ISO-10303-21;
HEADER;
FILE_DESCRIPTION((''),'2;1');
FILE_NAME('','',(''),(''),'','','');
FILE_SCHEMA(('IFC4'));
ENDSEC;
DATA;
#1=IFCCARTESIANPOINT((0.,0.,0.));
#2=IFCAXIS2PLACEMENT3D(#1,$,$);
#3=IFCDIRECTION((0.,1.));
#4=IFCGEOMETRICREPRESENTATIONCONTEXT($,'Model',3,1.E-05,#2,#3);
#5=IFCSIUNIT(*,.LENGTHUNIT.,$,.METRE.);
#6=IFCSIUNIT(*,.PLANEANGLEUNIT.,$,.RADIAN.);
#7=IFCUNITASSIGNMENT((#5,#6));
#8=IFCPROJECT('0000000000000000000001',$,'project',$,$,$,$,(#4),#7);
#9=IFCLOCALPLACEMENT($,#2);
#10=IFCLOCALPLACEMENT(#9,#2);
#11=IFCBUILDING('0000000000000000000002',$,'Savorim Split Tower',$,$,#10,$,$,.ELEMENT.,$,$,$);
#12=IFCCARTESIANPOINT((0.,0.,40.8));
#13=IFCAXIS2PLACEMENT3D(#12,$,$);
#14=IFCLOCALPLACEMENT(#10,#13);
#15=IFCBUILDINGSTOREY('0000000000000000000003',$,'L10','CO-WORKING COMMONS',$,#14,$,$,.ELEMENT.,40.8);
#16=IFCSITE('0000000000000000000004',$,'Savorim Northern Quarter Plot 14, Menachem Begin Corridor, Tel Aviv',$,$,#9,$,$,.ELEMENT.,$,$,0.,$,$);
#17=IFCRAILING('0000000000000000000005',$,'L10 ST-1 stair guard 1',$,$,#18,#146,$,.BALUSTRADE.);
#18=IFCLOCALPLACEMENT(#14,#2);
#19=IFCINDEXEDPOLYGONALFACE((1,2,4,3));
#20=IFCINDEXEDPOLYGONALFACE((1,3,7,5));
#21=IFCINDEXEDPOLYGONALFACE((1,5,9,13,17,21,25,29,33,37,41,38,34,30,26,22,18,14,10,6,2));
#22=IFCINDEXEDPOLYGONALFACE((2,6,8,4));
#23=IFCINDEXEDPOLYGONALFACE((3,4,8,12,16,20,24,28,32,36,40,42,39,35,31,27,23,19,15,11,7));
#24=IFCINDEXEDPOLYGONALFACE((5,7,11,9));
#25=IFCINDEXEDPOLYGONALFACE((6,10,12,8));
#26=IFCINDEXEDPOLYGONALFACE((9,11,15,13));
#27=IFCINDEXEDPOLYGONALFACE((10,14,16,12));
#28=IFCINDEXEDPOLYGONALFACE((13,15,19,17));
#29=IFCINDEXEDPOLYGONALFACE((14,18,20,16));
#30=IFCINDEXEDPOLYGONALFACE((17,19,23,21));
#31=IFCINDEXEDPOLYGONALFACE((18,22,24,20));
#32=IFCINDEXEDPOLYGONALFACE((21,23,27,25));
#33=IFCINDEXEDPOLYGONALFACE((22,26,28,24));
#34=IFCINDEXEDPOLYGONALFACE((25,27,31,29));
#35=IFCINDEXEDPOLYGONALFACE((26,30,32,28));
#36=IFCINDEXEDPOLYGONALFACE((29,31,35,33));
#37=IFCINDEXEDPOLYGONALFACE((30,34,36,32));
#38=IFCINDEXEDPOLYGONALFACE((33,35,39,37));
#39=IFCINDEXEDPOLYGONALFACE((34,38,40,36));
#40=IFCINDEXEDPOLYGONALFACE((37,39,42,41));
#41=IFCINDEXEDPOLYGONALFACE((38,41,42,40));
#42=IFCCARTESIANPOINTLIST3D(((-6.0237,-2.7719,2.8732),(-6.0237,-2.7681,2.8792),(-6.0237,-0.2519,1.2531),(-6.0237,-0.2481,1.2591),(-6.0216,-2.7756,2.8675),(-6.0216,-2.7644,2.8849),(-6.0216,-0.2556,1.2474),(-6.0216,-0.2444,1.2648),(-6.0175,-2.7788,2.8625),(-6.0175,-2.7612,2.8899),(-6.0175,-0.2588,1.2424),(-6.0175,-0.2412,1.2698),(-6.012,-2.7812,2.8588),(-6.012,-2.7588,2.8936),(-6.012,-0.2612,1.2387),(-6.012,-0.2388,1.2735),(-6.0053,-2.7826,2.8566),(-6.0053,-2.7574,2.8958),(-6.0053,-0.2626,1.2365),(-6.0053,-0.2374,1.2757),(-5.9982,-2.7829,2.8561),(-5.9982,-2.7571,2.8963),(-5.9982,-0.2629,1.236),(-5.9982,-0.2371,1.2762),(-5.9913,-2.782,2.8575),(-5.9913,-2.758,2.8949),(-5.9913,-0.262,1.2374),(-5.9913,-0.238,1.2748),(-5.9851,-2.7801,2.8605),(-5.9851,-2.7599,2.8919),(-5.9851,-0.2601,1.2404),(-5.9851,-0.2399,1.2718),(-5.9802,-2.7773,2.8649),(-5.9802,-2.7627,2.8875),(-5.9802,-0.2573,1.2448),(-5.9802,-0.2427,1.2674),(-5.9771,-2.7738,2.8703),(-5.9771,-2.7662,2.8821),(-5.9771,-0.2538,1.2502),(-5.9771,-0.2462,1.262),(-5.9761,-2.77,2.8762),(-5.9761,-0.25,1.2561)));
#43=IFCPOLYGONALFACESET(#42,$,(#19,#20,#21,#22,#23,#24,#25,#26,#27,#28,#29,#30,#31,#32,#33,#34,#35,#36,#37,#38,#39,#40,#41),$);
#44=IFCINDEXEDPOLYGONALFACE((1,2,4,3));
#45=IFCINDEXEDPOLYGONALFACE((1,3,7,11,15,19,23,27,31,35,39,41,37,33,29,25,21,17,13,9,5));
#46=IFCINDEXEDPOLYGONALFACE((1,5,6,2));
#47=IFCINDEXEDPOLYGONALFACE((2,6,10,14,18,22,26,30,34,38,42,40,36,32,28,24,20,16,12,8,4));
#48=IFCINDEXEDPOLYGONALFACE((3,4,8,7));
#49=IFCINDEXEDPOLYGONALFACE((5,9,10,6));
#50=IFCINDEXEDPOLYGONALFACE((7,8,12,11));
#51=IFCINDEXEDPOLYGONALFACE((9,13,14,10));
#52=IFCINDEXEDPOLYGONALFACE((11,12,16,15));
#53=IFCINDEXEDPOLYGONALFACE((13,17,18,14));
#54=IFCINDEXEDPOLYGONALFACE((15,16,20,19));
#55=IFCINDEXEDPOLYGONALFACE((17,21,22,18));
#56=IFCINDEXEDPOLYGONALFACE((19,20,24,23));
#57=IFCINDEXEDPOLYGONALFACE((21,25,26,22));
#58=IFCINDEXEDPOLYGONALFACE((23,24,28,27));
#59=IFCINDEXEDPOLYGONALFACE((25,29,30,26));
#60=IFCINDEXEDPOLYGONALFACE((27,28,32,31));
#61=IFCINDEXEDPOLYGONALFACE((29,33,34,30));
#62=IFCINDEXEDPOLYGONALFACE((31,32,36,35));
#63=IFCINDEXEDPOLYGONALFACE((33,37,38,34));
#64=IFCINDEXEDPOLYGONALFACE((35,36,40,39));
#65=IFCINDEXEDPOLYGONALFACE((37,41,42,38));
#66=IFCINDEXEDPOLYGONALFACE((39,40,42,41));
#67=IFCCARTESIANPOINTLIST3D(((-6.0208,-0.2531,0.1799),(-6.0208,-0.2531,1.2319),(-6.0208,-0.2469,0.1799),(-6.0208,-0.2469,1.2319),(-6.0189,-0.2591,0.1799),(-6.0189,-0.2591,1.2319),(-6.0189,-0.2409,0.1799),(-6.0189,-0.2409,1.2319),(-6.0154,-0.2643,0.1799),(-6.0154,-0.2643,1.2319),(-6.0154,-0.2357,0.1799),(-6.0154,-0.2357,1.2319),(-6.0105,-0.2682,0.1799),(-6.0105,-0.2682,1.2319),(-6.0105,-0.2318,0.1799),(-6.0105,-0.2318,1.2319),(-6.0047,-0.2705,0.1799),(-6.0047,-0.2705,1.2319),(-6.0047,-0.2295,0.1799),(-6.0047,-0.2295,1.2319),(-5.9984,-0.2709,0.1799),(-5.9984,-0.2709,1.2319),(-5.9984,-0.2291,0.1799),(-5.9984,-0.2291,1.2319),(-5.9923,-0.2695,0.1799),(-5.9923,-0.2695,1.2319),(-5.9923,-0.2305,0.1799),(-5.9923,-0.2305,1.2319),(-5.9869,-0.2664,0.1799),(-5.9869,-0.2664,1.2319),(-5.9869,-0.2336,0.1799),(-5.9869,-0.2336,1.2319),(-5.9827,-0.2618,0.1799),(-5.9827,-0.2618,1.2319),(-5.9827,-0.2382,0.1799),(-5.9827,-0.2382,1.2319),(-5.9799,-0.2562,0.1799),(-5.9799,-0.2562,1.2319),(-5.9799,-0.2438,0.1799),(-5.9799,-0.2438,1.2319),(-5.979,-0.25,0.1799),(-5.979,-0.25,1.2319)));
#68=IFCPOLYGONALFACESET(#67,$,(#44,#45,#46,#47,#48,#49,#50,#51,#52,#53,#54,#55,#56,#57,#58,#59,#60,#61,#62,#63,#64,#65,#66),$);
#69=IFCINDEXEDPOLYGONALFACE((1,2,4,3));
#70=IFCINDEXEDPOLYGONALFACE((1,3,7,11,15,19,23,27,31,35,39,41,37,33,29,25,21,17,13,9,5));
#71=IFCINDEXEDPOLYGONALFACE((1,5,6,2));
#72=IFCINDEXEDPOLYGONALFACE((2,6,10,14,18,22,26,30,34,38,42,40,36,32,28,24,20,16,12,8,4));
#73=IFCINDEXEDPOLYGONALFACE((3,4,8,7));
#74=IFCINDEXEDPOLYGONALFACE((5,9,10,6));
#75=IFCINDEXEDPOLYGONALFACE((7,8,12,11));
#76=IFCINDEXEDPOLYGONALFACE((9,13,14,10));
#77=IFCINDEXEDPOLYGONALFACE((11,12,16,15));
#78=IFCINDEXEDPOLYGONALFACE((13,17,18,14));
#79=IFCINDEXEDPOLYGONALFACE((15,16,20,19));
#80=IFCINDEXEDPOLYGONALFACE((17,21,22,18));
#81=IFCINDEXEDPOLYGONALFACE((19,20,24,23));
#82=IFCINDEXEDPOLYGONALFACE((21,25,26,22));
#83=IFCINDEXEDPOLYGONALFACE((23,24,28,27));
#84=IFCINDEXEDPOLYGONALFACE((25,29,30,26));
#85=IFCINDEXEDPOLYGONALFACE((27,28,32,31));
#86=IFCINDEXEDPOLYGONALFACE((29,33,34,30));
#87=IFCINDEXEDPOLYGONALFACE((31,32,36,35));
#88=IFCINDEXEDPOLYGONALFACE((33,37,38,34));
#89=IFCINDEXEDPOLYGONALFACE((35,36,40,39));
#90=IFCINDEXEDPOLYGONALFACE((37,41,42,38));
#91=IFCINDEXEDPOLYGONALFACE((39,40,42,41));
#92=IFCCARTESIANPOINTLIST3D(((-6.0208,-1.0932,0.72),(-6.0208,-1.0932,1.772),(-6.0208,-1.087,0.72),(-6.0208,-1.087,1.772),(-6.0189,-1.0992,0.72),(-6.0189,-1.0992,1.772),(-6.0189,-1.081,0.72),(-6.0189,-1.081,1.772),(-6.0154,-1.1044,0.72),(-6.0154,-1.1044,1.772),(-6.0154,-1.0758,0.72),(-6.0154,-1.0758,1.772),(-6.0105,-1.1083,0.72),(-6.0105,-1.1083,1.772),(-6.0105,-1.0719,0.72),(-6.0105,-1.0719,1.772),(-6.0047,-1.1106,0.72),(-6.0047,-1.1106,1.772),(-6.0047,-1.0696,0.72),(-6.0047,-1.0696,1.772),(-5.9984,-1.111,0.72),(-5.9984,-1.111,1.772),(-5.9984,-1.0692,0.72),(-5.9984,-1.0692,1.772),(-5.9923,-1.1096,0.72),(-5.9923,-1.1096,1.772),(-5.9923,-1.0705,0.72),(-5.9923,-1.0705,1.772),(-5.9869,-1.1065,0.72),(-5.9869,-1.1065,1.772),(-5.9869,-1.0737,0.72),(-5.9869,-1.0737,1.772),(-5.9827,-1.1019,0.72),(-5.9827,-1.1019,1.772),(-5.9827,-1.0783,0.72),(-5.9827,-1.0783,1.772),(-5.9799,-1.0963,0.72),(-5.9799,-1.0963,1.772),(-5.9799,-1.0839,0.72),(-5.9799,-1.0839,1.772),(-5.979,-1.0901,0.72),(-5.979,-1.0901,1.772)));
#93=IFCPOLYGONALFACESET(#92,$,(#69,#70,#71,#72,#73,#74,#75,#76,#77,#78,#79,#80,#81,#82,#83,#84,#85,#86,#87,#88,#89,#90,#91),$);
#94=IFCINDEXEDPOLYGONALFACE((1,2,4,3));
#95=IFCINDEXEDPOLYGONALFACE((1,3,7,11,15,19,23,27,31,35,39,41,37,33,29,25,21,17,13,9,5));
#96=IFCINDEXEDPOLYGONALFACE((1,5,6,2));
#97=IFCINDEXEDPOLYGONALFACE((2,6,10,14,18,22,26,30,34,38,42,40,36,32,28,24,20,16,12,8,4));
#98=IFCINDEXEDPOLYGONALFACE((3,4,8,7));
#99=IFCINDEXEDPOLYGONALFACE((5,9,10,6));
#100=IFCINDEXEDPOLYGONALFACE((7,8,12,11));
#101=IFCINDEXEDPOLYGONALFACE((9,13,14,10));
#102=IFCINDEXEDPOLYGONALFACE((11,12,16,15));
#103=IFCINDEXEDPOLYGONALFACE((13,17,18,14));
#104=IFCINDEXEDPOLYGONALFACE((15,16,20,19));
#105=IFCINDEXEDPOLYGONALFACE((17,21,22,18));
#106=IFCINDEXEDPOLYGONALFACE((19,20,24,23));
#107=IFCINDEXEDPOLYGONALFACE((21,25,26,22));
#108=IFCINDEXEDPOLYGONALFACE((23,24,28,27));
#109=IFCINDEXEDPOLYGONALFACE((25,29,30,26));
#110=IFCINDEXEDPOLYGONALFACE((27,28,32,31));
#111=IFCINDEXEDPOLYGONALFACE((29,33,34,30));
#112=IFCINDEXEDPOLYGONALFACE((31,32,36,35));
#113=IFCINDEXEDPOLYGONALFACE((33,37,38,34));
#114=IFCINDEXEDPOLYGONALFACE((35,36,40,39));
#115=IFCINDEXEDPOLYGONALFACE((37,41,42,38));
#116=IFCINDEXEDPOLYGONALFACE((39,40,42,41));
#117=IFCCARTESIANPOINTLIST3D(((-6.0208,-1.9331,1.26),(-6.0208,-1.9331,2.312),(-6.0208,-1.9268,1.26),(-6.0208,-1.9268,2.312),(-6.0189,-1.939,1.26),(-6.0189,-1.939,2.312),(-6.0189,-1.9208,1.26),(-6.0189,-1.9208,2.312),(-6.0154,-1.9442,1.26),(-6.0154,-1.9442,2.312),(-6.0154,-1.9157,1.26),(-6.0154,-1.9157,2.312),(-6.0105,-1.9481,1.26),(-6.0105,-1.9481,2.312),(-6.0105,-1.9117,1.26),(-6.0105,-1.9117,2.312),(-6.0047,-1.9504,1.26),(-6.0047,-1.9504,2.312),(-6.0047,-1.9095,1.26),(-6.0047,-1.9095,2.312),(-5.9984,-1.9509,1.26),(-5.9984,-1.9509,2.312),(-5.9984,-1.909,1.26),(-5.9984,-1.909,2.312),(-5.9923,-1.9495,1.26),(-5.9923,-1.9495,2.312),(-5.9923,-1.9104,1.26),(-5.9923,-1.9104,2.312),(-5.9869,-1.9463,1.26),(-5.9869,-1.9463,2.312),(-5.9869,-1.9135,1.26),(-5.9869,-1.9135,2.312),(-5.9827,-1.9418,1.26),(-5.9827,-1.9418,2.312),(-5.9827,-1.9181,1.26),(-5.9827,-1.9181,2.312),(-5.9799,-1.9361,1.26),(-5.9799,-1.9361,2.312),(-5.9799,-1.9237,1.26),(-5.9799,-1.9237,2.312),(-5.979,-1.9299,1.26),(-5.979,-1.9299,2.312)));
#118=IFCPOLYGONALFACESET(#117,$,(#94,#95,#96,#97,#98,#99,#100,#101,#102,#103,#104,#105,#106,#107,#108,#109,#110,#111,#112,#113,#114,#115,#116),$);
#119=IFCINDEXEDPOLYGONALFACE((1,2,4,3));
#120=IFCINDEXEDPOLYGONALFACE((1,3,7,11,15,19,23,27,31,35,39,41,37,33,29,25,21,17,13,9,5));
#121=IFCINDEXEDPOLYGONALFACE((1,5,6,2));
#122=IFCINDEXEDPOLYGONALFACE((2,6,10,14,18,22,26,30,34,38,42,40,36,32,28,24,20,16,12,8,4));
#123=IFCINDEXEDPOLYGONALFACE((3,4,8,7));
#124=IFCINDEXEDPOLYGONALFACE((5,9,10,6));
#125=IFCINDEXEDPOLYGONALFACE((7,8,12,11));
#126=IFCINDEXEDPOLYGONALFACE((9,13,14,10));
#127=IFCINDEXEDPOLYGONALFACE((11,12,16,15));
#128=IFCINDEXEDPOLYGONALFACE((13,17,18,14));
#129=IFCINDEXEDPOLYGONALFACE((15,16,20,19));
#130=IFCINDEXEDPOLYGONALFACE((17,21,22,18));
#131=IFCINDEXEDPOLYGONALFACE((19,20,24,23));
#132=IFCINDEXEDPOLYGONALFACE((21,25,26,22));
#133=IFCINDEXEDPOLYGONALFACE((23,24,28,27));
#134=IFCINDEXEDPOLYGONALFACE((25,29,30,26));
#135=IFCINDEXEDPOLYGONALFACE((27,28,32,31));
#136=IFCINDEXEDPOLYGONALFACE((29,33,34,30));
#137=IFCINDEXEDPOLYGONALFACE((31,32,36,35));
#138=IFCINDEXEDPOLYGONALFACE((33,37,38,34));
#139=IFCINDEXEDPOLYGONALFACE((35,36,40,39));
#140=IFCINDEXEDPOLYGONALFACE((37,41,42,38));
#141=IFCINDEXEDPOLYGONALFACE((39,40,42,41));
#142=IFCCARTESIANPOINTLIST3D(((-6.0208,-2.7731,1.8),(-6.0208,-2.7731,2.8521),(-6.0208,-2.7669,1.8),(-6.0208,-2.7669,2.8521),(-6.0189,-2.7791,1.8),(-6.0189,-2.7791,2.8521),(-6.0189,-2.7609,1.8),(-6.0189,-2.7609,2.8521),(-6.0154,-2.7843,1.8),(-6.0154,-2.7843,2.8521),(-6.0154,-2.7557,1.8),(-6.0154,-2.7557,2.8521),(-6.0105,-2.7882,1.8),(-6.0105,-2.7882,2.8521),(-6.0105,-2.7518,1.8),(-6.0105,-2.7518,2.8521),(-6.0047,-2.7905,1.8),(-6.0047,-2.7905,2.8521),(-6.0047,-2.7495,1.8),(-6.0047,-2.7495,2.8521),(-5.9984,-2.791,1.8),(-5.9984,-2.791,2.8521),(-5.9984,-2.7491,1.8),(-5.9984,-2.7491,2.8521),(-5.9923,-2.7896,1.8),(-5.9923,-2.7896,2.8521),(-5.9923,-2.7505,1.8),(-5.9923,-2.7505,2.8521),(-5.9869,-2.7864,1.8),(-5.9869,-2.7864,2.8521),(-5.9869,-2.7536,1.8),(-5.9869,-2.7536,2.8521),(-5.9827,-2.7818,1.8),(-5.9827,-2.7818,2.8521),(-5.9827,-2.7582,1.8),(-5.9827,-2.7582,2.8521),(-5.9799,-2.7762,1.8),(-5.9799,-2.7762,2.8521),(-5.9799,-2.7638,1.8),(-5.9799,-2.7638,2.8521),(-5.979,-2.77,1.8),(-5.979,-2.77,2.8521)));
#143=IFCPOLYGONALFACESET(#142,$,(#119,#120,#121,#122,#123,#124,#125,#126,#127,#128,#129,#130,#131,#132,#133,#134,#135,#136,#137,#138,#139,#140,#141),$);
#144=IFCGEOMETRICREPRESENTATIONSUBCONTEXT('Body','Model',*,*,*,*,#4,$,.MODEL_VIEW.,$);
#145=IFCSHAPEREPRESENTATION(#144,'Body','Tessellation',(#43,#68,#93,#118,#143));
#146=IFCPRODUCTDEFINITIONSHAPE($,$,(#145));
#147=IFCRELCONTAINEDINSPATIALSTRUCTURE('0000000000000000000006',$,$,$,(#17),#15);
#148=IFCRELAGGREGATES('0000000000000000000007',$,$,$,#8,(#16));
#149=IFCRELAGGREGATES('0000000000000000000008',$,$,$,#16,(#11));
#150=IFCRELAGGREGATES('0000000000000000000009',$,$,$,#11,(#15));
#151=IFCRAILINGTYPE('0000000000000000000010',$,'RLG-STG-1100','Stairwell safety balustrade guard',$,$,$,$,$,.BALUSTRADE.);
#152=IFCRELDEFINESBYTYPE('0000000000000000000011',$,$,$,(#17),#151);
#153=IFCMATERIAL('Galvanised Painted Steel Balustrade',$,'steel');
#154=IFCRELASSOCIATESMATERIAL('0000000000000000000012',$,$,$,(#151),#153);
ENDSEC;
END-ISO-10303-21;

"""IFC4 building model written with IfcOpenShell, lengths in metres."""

from ifc_helpers import new_model, si_unit, direction, frame, origin, origin_2d, place, context, subcontext, project, spatial, circle, extrude, material, type_object, element, save


model = new_model("IFC4")

# Units and contexts
model_context = context("Model", 3, precision=1e-05, world=origin(), true_north=direction((0.0, 1.0)))
body_context = subcontext(model_context, "Body", "Model", "MODEL_VIEW")
ifc_project = project(units=[si_unit("LENGTHUNIT", "METRE"), si_unit("PLANEANGLEUNIT", "RADIAN")], contexts=[model_context])

# Site, building, storey
site_placement = place(None, origin())
site = spatial("IfcSite", under=ifc_project, at=site_placement, Name="Savorim Northern Quarter Plot 14, Menachem Begin Corridor, Tel Aviv", CompositionType="ELEMENT", RefElevation=0.0)
building_placement = place(site_placement, origin())
building = spatial("IfcBuilding", under=site, at=building_placement, Name="Savorim Split Tower", CompositionType="ELEMENT")
storey_placement = place(building_placement, frame((0.0, 0.0, 40.8)))
storey = spatial("IfcBuildingStorey", under=building, at=storey_placement, Name="L10", Description="CO-WORKING COMMONS", CompositionType="ELEMENT", Elevation=40.8)

# Railing
ifc_material_1 = material(Name="Galvanised Painted Steel Balustrade", Category="steel")
railing_type_1 = type_object("IfcRailingType", Name="RLG-STG-1100", Description="Stairwell safety balustrade guard", PredefinedType="BALUSTRADE", material=ifc_material_1)
railing_1_placement = place(storey_placement, frame((-6.0, -0.25, 0.1799)))
element("IfcRailing", 1, at=railing_1_placement, inside=storey, type_object=railing_type_1, Name="L10 ST-1 stair guard 1", PredefinedType="BALUSTRADE", context=body_context, shape_type="SweptSolid", body=[
    extrude(circle(Radius=0.0239, at=origin_2d()), frame((0.0, 0.0, 1.0762), z_axis=(0.0, -0.841163, 0.540782), x_axis=(1.0, 0.0, 0.0)), (0.0, 0.0, 1.0), 2.9958),
    extrude(circle(Radius=0.021, at=origin_2d()), origin(), (0.0, 0.0, 1.0), 1.052),
    extrude(circle(Radius=0.021, at=origin_2d()), frame((0.0, -0.8401, 0.54)), (0.0, 0.0, 1.0), 1.052),
    extrude(circle(Radius=0.021, at=origin_2d()), frame((0.0, -1.6799, 1.0801)), (0.0, 0.0, 1.0), 1.052),
    extrude(circle(Radius=0.021, at=origin_2d()), frame((0.0, -2.52, 1.6201)), (0.0, 0.0, 1.0), 1.052),
])

save(model, "model.ifc")
